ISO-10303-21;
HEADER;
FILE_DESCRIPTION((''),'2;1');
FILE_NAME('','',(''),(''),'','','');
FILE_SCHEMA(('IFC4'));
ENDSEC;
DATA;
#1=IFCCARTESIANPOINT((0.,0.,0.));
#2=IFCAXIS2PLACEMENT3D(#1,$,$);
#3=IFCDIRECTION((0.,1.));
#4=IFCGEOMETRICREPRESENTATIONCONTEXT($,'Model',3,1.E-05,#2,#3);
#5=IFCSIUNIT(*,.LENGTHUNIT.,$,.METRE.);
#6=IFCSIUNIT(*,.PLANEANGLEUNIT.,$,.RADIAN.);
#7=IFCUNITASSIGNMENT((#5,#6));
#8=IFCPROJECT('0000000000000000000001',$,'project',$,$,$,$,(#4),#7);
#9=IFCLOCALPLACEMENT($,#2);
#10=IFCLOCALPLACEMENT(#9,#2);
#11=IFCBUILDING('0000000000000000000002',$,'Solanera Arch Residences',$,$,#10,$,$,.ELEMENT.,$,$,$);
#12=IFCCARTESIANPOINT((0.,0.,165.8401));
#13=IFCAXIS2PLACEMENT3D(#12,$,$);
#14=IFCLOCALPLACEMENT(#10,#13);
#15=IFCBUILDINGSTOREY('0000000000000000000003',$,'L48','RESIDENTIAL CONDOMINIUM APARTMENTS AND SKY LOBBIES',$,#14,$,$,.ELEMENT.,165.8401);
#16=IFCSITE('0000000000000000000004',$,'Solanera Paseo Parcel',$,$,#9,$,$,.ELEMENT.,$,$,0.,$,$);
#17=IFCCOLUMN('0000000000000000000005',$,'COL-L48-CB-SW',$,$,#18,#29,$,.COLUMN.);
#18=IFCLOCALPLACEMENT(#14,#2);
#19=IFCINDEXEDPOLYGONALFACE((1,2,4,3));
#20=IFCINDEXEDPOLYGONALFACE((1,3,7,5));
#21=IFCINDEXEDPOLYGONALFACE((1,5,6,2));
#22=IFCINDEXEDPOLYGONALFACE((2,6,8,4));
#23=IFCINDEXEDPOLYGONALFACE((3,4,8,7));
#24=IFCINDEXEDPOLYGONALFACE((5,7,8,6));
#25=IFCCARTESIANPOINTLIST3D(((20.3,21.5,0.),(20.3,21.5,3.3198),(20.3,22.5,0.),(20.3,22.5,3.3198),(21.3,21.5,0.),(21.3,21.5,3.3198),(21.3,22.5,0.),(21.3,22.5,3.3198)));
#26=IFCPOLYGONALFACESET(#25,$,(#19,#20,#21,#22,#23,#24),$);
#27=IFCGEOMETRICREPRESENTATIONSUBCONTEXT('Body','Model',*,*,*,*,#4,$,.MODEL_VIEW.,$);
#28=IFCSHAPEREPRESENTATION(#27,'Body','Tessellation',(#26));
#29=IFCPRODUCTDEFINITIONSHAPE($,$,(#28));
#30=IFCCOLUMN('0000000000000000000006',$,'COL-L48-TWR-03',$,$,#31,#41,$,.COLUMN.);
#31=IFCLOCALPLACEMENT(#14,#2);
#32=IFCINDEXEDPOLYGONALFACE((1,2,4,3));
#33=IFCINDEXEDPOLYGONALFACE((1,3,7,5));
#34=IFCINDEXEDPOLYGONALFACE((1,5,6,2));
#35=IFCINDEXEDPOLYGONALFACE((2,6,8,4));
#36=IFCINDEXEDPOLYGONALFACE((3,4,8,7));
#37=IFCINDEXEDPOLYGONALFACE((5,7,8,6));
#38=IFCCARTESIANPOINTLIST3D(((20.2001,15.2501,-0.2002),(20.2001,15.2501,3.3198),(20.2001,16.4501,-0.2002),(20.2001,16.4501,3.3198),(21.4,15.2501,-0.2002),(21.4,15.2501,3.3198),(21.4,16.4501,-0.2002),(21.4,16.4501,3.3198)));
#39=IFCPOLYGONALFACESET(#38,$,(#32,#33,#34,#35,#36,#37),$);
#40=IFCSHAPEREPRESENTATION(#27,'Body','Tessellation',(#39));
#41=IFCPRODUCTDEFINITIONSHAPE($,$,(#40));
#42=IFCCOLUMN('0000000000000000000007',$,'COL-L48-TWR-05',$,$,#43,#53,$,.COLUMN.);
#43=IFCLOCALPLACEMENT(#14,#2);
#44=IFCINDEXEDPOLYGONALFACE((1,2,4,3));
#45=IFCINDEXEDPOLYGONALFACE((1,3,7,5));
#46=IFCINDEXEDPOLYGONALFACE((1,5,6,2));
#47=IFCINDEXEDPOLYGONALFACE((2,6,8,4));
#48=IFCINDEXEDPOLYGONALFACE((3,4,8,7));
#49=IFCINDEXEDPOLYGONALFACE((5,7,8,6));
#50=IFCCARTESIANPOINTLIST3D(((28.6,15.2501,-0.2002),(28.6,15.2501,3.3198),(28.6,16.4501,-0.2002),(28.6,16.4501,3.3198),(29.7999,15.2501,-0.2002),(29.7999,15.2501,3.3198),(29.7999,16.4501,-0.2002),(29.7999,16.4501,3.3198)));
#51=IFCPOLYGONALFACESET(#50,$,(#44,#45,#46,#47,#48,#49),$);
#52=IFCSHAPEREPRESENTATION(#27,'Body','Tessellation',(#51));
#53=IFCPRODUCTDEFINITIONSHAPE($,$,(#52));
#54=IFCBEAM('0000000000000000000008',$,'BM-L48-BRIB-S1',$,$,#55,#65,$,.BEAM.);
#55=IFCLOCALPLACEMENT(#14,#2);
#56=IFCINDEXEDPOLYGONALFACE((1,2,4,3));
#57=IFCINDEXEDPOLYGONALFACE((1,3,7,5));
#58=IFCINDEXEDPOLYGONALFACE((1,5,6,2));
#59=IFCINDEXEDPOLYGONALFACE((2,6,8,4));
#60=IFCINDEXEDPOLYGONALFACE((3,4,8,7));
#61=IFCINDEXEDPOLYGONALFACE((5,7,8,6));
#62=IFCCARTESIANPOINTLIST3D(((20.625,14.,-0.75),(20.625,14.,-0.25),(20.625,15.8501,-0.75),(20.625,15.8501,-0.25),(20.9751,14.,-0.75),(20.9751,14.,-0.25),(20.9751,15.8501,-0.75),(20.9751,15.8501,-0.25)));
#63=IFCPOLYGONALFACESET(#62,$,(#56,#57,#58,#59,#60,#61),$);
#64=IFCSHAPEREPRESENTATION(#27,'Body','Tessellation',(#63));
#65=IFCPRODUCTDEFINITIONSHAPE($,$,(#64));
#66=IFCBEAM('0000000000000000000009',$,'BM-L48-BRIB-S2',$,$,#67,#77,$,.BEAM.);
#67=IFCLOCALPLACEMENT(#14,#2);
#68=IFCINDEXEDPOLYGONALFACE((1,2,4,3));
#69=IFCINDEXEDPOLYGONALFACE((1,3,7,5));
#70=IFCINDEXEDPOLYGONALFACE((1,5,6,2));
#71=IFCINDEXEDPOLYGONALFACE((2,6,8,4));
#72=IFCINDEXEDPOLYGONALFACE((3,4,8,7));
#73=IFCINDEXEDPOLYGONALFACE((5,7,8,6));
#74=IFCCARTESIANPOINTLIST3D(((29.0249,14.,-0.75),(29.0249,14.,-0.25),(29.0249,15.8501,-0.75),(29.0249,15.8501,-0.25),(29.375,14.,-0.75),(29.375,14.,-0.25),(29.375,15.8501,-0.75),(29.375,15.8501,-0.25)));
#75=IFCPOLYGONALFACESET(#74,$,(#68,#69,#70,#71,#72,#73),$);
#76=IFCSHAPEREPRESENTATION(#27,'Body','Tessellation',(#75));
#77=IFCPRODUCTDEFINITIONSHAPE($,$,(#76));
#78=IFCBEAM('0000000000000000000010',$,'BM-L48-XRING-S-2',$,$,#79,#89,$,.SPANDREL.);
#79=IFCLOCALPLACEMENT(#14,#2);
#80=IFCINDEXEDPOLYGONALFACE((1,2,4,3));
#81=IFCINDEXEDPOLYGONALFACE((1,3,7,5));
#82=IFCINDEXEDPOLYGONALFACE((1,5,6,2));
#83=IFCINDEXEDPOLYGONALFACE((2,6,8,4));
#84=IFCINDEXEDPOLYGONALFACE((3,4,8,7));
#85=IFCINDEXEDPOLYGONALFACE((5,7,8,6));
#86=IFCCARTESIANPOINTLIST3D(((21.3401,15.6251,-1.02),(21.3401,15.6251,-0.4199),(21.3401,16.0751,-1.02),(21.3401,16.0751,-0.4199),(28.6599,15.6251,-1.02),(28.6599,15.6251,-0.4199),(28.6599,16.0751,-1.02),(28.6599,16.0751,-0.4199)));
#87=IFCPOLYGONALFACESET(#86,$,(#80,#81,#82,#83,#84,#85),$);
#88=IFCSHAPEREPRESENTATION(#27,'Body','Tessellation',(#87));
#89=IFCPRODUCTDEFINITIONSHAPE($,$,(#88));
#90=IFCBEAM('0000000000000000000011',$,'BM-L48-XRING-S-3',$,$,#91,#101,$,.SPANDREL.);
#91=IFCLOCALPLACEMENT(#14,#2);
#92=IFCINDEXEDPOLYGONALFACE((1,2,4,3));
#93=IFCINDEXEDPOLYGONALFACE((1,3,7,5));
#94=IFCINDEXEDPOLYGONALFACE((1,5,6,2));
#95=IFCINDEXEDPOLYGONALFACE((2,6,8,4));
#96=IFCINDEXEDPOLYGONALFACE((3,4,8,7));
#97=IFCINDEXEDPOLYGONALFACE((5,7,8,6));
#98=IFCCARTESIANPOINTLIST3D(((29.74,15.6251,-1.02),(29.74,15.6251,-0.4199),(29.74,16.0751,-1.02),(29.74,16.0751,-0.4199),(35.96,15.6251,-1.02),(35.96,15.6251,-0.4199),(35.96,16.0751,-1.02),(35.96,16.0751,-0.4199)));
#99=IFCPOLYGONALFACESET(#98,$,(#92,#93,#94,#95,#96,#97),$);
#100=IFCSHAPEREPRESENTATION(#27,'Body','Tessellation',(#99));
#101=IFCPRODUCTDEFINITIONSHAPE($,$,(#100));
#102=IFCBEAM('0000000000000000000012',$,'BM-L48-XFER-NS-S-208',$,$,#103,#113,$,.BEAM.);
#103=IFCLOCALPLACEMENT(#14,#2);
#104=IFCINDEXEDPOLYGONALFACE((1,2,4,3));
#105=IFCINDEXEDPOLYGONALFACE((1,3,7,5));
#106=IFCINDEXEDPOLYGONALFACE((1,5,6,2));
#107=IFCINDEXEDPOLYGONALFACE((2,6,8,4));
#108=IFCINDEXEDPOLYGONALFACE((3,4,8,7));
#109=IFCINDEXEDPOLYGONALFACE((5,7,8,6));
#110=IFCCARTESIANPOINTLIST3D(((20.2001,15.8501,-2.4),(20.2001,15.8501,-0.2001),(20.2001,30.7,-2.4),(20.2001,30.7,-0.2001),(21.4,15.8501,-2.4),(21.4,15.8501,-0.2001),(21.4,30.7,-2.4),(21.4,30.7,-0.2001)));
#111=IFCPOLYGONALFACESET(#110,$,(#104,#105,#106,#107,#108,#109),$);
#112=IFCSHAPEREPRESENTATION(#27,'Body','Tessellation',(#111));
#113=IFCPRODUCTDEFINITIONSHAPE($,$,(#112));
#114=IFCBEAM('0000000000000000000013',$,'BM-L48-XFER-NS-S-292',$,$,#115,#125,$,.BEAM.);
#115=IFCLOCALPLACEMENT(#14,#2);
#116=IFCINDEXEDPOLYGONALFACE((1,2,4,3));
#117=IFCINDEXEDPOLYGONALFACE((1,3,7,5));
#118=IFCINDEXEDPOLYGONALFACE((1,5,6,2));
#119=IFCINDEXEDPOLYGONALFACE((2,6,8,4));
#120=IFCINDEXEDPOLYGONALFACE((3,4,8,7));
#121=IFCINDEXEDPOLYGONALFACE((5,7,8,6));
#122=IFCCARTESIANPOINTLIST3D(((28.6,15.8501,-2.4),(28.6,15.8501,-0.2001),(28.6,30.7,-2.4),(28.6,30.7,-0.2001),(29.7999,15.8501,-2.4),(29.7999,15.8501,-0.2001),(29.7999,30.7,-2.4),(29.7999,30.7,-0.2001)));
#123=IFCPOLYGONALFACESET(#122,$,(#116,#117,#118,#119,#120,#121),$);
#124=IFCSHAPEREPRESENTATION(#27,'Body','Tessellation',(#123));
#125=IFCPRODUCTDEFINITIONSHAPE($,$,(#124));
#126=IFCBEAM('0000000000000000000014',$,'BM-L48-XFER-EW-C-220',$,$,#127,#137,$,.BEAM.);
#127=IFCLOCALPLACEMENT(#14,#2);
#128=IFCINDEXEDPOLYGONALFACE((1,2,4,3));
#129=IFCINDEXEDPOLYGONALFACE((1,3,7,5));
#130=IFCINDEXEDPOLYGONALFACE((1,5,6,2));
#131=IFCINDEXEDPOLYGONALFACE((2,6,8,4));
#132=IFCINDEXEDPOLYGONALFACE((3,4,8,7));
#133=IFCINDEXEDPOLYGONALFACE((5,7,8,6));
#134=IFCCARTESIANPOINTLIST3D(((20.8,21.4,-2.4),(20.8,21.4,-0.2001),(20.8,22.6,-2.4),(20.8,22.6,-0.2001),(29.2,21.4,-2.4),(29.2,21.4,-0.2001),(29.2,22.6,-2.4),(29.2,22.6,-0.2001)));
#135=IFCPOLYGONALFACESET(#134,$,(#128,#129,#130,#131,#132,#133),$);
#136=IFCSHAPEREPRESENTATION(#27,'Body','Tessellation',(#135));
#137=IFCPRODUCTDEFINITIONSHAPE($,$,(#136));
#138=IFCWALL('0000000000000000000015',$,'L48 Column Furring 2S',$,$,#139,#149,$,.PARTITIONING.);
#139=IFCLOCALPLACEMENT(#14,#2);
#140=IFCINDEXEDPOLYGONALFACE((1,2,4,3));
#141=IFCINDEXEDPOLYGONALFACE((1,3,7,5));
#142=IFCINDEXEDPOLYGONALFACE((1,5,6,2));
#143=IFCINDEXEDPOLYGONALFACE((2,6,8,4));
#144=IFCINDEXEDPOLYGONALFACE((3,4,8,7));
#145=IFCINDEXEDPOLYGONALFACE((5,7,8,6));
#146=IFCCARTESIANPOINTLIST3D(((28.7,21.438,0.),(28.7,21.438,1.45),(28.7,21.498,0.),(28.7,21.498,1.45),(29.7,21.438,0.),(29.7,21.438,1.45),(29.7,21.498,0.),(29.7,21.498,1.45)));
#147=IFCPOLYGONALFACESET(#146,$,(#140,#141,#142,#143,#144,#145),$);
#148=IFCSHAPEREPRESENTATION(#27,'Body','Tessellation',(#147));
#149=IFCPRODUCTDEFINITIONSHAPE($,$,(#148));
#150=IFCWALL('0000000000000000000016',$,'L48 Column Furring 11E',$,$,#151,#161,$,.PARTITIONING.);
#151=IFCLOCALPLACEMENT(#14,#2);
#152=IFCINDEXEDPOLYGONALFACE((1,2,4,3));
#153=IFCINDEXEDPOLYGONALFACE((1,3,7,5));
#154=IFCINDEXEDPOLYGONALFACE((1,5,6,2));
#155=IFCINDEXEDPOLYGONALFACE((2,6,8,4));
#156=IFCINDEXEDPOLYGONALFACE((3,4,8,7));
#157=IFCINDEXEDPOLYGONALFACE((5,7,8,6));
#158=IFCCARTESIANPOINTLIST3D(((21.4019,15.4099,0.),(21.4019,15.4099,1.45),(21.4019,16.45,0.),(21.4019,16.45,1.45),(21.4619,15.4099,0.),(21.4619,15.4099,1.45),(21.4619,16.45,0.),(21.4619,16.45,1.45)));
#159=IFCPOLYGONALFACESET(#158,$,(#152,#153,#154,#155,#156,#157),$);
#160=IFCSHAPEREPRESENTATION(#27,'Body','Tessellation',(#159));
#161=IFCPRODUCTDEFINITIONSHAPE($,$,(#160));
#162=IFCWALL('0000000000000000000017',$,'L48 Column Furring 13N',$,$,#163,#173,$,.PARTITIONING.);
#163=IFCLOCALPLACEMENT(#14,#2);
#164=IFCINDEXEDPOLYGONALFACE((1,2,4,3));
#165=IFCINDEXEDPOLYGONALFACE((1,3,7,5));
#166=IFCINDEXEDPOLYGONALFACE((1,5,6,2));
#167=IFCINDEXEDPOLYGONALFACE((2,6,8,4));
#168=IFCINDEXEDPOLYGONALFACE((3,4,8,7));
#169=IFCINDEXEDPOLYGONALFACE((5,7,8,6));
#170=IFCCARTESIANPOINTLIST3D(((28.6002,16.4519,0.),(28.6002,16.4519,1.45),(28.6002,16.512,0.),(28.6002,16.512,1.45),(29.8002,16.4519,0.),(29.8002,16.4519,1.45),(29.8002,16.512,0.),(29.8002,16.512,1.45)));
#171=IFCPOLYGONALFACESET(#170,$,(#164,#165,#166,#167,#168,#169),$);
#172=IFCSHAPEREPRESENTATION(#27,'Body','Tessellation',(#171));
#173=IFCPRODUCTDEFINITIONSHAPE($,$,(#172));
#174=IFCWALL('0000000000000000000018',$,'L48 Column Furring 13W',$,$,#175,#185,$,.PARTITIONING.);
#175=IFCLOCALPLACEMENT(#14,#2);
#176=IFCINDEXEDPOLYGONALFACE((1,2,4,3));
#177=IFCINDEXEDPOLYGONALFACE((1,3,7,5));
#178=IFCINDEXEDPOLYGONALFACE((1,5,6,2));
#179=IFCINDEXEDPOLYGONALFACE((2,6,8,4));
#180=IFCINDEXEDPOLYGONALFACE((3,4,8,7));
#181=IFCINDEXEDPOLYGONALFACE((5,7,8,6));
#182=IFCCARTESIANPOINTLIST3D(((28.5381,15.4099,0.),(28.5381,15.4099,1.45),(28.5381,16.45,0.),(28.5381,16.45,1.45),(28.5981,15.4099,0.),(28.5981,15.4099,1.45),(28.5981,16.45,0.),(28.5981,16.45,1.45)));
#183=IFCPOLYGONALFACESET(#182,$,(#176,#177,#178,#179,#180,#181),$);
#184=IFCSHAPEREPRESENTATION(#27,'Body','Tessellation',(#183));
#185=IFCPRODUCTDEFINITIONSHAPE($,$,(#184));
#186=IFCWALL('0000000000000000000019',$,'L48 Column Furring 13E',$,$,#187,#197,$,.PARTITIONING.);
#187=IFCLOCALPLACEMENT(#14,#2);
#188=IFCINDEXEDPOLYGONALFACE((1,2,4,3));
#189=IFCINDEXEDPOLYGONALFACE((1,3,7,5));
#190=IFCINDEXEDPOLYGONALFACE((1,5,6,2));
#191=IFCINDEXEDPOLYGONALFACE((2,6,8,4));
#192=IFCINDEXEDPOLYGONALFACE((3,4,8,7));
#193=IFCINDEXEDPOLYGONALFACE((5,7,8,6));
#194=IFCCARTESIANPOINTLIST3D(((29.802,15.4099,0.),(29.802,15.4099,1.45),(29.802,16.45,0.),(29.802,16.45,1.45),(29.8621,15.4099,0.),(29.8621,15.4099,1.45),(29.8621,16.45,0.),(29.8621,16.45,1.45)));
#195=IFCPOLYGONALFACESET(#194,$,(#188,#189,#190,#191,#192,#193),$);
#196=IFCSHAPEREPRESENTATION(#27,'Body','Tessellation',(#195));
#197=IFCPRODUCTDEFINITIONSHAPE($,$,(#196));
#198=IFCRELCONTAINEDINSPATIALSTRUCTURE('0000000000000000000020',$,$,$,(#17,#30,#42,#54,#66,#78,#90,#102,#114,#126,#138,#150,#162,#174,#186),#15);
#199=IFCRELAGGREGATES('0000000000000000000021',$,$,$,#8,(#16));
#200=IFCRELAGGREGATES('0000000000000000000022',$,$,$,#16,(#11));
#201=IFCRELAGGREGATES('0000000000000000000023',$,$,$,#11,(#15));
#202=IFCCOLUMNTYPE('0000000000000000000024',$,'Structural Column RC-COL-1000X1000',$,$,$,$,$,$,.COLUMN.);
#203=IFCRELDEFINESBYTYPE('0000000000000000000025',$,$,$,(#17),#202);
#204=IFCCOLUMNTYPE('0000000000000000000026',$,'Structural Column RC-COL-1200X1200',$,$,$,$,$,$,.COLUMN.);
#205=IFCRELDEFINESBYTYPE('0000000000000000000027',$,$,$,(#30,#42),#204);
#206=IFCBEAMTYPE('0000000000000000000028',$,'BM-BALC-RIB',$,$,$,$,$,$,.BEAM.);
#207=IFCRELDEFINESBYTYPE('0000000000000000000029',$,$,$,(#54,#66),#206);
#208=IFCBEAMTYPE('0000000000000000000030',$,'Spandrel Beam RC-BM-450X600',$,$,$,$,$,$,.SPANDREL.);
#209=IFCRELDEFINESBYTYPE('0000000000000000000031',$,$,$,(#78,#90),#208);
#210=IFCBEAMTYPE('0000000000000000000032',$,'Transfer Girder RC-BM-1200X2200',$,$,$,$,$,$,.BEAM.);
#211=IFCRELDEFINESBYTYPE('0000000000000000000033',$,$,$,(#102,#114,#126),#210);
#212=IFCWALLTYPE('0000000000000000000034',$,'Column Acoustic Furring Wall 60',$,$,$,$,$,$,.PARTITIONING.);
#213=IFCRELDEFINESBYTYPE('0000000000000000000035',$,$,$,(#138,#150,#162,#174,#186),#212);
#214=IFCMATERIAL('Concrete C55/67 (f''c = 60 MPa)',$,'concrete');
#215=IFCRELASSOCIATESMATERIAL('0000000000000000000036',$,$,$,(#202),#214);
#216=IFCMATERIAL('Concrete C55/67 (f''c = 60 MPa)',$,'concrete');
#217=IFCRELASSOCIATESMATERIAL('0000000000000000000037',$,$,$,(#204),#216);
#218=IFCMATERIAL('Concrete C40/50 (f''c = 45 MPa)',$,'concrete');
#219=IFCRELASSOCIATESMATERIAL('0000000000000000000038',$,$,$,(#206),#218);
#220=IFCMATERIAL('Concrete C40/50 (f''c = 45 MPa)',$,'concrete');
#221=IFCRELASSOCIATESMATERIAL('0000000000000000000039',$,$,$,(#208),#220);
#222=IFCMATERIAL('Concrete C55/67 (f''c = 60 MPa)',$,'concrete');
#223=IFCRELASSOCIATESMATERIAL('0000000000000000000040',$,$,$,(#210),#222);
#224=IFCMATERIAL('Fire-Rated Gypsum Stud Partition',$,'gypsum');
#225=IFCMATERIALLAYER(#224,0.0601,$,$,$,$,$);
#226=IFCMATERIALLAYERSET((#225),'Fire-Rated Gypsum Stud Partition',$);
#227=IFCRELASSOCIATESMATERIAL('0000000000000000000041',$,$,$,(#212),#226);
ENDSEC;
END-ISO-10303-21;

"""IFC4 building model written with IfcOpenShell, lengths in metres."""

from ifc_helpers import new_model, si_unit, direction, frame, frame_2d, origin, origin_2d, place, context, subcontext, project, spatial, rectangle, extrude, material, layer, layer_set, material_profile, profile_set, type_object, element, save


model = new_model("IFC4")

# Units and contexts
model_context = context("Model", 3, precision=1e-05, world=origin(), true_north=direction((0.0, 1.0)))
body_context = subcontext(model_context, "Body", "Model", "MODEL_VIEW")
ifc_project = project(units=[si_unit("LENGTHUNIT", "METRE"), si_unit("PLANEANGLEUNIT", "RADIAN")], contexts=[model_context])

# Site, building, storey
site_placement = place(None, origin())
site = spatial("IfcSite", under=ifc_project, at=site_placement, Name="Solanera Paseo Parcel", CompositionType="ELEMENT", RefElevation=0.0)
building_placement = place(site_placement, origin())
building = spatial("IfcBuilding", under=site, at=building_placement, Name="Solanera Arch Residences", CompositionType="ELEMENT")
storey_placement = place(building_placement, frame((0.0, 0.0, 165.8401)))
storey = spatial("IfcBuildingStorey", under=building, at=storey_placement, Name="L48", Description="RESIDENTIAL CONDOMINIUM APARTMENTS AND SKY LOBBIES", CompositionType="ELEMENT", Elevation=165.8401)

# Columns
ifc_material_1 = material(Name="Concrete C55/67 (f'c = 60 MPa)", Category="concrete")
ifc_material_profile_1 = material_profile(ifc_material_1, rectangle(XDim=1.0, YDim=1.0, at=origin_2d()))
ifc_profile_set_1 = profile_set([ifc_material_profile_1], Name="Concrete C55/67 (f'c = 60 MPa)")
column_type_1 = type_object("IfcColumnType", Name="Structural Column RC-COL-1000X1000", PredefinedType="COLUMN", material=ifc_profile_set_1)
column_placement = place(storey_placement, frame((20.8, 22.0, 0.0), z_axis=(0.0, 0.0, 1.0), x_axis=(1.0, 0.0, 0.0)))
element("IfcColumn", 1, at=column_placement, inside=storey, type_object=column_type_1, Name="COL-L48-CB-SW", PredefinedType="COLUMN", context=body_context, shape_type="SweptSolid", body=[
    extrude(rectangle(XDim=1.0, YDim=1.0, at=origin_2d()), origin(), (0.0, 0.0, 1.0), 3.3198),
])
ifc_material_2 = material(Name="Concrete C55/67 (f'c = 60 MPa)", Category="concrete")
ifc_material_profile_2 = material_profile(ifc_material_2, rectangle(XDim=1.2, YDim=1.2, at=origin_2d()))
ifc_profile_set_2 = profile_set([ifc_material_profile_2], Name="Concrete C55/67 (f'c = 60 MPa)")
column_type_2 = type_object("IfcColumnType", Name="Structural Column RC-COL-1200X1200", PredefinedType="COLUMN", material=ifc_profile_set_2)
for number, where, z_axis, x_axis, name in (
    (2, (20.8, 15.8501, -0.2002), (0.0, 0.0, 1.0), (1.0, 0.0, 0.0), "COL-L48-TWR-03"),
    (3, (29.2, 15.8501, -0.2002), (0.0, 0.0, 1.0), (1.0, 0.0, 0.0), "COL-L48-TWR-05"),
):
    element("IfcColumn", number, at=place(storey_placement, frame(where, z_axis=z_axis, x_axis=x_axis)), inside=storey, type_object=column_type_2, Name=name, PredefinedType="COLUMN", context=body_context, shape_type="SweptSolid", body=[
        extrude(rectangle(XDim=1.2, YDim=1.2, at=origin_2d()), origin(), (0.0, 0.0, 1.0), 3.52),
    ])

# Beams
ifc_material_3 = material(Name="Concrete C40/50 (f'c = 45 MPa)", Category="concrete")
ifc_material_profile_3 = material_profile(ifc_material_3, rectangle(XDim=0.3501, YDim=0.5, at=origin_2d()))
ifc_profile_set_3 = profile_set([ifc_material_profile_3], Name="Concrete C40/50 (f'c = 45 MPa)")
beam_type_1 = type_object("IfcBeamType", Name="BM-BALC-RIB", PredefinedType="BEAM", material=ifc_profile_set_3)
for number, where, z_axis, x_axis, name in (
    (4, (20.8, 14.0, -0.5), (0.0, 1.0, 0.0), (-1.0, 0.0, 0.0), "BM-L48-BRIB-S1"),
    (5, (29.2, 14.0, -0.5), (0.0, 1.0, 0.0), (-1.0, 0.0, 0.0), "BM-L48-BRIB-S2"),
):
    element("IfcBeam", number, at=place(storey_placement, frame(where, z_axis=z_axis, x_axis=x_axis)), inside=storey, type_object=beam_type_1, Name=name, PredefinedType="BEAM", context=body_context, shape_type="SweptSolid", body=[
        extrude(rectangle(XDim=0.3501, YDim=0.5, at=origin_2d()), origin(), (0.0, 0.0, 1.0), 1.8501),
    ])
ifc_material_4 = material(Name="Concrete C40/50 (f'c = 45 MPa)", Category="concrete")
ifc_material_profile_4 = material_profile(ifc_material_4, rectangle(XDim=0.45, YDim=0.6001, at=origin_2d()))
ifc_profile_set_4 = profile_set([ifc_material_profile_4], Name="Concrete C40/50 (f'c = 45 MPa)")
beam_type_2 = type_object("IfcBeamType", Name="Spandrel Beam RC-BM-450X600", PredefinedType="SPANDREL", material=ifc_profile_set_4)
beam_1_placement = place(storey_placement, frame((21.3401, 15.8501, -0.72), z_axis=(1.0, 0.0, 0.0), x_axis=(0.0, 1.0, 0.0)))
element("IfcBeam", 6, at=beam_1_placement, inside=storey, type_object=beam_type_2, Name="BM-L48-XRING-S-2", PredefinedType="SPANDREL", context=body_context, shape_type="SweptSolid", body=[
    extrude(rectangle(XDim=0.45, YDim=0.6001, at=origin_2d()), origin(), (0.0, 0.0, 1.0), 7.3198),
])
beam_2_placement = place(storey_placement, frame((29.74, 15.8501, -0.72), z_axis=(1.0, 0.0, 0.0), x_axis=(0.0, 1.0, 0.0)))
element("IfcBeam", 7, at=beam_2_placement, inside=storey, type_object=beam_type_2, Name="BM-L48-XRING-S-3", PredefinedType="SPANDREL", context=body_context, shape_type="SweptSolid", body=[
    extrude(rectangle(XDim=0.45, YDim=0.6001, at=origin_2d()), origin(), (0.0, 0.0, 1.0), 6.22),
])
ifc_material_5 = material(Name="Concrete C55/67 (f'c = 60 MPa)", Category="concrete")
ifc_material_profile_5 = material_profile(ifc_material_5, rectangle(XDim=1.2, YDim=2.2, at=origin_2d()))
ifc_profile_set_5 = profile_set([ifc_material_profile_5], Name="Concrete C55/67 (f'c = 60 MPa)")
beam_type_3 = type_object("IfcBeamType", Name="Transfer Girder RC-BM-1200X2200", PredefinedType="BEAM", material=ifc_profile_set_5)
for number, where, z_axis, x_axis, name in (
    (8, (20.8, 15.8501, -1.3), (0.0, 1.0, 0.0), (-1.0, 0.0, 0.0), "BM-L48-XFER-NS-S-208"),
    (9, (29.2, 15.8501, -1.3), (0.0, 1.0, 0.0), (-1.0, 0.0, 0.0), "BM-L48-XFER-NS-S-292"),
):
    element("IfcBeam", number, at=place(storey_placement, frame(where, z_axis=z_axis, x_axis=x_axis)), inside=storey, type_object=beam_type_3, Name=name, PredefinedType="BEAM", context=body_context, shape_type="SweptSolid", body=[
        extrude(rectangle(XDim=1.2, YDim=2.2, at=origin_2d()), origin(), (0.0, 0.0, 1.0), 14.8499),
    ])
beam_3_placement = place(storey_placement, frame((20.8, 22.0, -1.3), z_axis=(1.0, 0.0, 0.0), x_axis=(0.0, 1.0, 0.0)))
element("IfcBeam", 10, at=beam_3_placement, inside=storey, type_object=beam_type_3, Name="BM-L48-XFER-EW-C-220", PredefinedType="BEAM", context=body_context, shape_type="SweptSolid", body=[
    extrude(rectangle(XDim=1.2, YDim=2.2, at=origin_2d()), origin(), (0.0, 0.0, 1.0), 8.3999),
])

# Walls
ifc_material_6 = material(Name="Fire-Rated Gypsum Stud Partition", Category="gypsum")
ifc_layer_1 = layer(ifc_material_6, 0.0601)
ifc_layer_set_1 = layer_set([ifc_layer_1], Name="Fire-Rated Gypsum Stud Partition")
wall_type_1 = type_object("IfcWallType", Name="Column Acoustic Furring Wall 60", PredefinedType="PARTITIONING", material=ifc_layer_set_1)
wall_1_placement = place(storey_placement, frame((28.7, 21.468, 0.0), z_axis=(0.0, 0.0, 1.0), x_axis=(1.0, 0.0, 0.0)))
element("IfcWall", 11, at=wall_1_placement, inside=storey, type_object=wall_type_1, Name="L48 Column Furring 2S", PredefinedType="PARTITIONING", context=body_context, shape_type="SweptSolid", body=[
    extrude(rectangle(XDim=1.0, YDim=0.0601, at=frame_2d((0.5, 0.0))), origin(), (0.0, 0.0, 1.0), 1.45),
])
wall_2_placement = place(storey_placement, frame((21.4319, 15.4099, 0.0), z_axis=(0.0, 0.0, 1.0), x_axis=(0.0, 1.0, 0.0)))
element("IfcWall", 12, at=wall_2_placement, inside=storey, type_object=wall_type_1, Name="L48 Column Furring 11E", PredefinedType="PARTITIONING", context=body_context, shape_type="SweptSolid", body=[
    extrude(rectangle(XDim=1.04, YDim=0.0601, at=frame_2d((0.52, 0.0))), origin(), (0.0, 0.0, 1.0), 1.45),
])
wall_3_placement = place(storey_placement, frame((28.6001, 16.4819, 0.0), z_axis=(0.0, 0.0, 1.0), x_axis=(1.0, 0.0, 0.0)))
element("IfcWall", 13, at=wall_3_placement, inside=storey, type_object=wall_type_1, Name="L48 Column Furring 13N", PredefinedType="PARTITIONING", context=body_context, shape_type="SweptSolid", body=[
    extrude(rectangle(XDim=1.2, YDim=0.0601, at=frame_2d((0.6001, 0.0))), origin(), (0.0, 0.0, 1.0), 1.45),
])
for number, where, z_axis, x_axis, name in (
    (14, (28.5681, 15.4099, 0.0), (0.0, 0.0, 1.0), (0.0, 1.0, 0.0), "L48 Column Furring 13W"),
    (15, (29.832, 15.4099, 0.0), (0.0, 0.0, 1.0), (0.0, 1.0, 0.0), "L48 Column Furring 13E"),
):
    element("IfcWall", number, at=place(storey_placement, frame(where, z_axis=z_axis, x_axis=x_axis)), inside=storey, type_object=wall_type_1, Name=name, PredefinedType="PARTITIONING", context=body_context, shape_type="SweptSolid", body=[
        extrude(rectangle(XDim=1.04, YDim=0.0601, at=frame_2d((0.52, 0.0))), origin(), (0.0, 0.0, 1.0), 1.45),
    ])

save(model, "model.ifc")
